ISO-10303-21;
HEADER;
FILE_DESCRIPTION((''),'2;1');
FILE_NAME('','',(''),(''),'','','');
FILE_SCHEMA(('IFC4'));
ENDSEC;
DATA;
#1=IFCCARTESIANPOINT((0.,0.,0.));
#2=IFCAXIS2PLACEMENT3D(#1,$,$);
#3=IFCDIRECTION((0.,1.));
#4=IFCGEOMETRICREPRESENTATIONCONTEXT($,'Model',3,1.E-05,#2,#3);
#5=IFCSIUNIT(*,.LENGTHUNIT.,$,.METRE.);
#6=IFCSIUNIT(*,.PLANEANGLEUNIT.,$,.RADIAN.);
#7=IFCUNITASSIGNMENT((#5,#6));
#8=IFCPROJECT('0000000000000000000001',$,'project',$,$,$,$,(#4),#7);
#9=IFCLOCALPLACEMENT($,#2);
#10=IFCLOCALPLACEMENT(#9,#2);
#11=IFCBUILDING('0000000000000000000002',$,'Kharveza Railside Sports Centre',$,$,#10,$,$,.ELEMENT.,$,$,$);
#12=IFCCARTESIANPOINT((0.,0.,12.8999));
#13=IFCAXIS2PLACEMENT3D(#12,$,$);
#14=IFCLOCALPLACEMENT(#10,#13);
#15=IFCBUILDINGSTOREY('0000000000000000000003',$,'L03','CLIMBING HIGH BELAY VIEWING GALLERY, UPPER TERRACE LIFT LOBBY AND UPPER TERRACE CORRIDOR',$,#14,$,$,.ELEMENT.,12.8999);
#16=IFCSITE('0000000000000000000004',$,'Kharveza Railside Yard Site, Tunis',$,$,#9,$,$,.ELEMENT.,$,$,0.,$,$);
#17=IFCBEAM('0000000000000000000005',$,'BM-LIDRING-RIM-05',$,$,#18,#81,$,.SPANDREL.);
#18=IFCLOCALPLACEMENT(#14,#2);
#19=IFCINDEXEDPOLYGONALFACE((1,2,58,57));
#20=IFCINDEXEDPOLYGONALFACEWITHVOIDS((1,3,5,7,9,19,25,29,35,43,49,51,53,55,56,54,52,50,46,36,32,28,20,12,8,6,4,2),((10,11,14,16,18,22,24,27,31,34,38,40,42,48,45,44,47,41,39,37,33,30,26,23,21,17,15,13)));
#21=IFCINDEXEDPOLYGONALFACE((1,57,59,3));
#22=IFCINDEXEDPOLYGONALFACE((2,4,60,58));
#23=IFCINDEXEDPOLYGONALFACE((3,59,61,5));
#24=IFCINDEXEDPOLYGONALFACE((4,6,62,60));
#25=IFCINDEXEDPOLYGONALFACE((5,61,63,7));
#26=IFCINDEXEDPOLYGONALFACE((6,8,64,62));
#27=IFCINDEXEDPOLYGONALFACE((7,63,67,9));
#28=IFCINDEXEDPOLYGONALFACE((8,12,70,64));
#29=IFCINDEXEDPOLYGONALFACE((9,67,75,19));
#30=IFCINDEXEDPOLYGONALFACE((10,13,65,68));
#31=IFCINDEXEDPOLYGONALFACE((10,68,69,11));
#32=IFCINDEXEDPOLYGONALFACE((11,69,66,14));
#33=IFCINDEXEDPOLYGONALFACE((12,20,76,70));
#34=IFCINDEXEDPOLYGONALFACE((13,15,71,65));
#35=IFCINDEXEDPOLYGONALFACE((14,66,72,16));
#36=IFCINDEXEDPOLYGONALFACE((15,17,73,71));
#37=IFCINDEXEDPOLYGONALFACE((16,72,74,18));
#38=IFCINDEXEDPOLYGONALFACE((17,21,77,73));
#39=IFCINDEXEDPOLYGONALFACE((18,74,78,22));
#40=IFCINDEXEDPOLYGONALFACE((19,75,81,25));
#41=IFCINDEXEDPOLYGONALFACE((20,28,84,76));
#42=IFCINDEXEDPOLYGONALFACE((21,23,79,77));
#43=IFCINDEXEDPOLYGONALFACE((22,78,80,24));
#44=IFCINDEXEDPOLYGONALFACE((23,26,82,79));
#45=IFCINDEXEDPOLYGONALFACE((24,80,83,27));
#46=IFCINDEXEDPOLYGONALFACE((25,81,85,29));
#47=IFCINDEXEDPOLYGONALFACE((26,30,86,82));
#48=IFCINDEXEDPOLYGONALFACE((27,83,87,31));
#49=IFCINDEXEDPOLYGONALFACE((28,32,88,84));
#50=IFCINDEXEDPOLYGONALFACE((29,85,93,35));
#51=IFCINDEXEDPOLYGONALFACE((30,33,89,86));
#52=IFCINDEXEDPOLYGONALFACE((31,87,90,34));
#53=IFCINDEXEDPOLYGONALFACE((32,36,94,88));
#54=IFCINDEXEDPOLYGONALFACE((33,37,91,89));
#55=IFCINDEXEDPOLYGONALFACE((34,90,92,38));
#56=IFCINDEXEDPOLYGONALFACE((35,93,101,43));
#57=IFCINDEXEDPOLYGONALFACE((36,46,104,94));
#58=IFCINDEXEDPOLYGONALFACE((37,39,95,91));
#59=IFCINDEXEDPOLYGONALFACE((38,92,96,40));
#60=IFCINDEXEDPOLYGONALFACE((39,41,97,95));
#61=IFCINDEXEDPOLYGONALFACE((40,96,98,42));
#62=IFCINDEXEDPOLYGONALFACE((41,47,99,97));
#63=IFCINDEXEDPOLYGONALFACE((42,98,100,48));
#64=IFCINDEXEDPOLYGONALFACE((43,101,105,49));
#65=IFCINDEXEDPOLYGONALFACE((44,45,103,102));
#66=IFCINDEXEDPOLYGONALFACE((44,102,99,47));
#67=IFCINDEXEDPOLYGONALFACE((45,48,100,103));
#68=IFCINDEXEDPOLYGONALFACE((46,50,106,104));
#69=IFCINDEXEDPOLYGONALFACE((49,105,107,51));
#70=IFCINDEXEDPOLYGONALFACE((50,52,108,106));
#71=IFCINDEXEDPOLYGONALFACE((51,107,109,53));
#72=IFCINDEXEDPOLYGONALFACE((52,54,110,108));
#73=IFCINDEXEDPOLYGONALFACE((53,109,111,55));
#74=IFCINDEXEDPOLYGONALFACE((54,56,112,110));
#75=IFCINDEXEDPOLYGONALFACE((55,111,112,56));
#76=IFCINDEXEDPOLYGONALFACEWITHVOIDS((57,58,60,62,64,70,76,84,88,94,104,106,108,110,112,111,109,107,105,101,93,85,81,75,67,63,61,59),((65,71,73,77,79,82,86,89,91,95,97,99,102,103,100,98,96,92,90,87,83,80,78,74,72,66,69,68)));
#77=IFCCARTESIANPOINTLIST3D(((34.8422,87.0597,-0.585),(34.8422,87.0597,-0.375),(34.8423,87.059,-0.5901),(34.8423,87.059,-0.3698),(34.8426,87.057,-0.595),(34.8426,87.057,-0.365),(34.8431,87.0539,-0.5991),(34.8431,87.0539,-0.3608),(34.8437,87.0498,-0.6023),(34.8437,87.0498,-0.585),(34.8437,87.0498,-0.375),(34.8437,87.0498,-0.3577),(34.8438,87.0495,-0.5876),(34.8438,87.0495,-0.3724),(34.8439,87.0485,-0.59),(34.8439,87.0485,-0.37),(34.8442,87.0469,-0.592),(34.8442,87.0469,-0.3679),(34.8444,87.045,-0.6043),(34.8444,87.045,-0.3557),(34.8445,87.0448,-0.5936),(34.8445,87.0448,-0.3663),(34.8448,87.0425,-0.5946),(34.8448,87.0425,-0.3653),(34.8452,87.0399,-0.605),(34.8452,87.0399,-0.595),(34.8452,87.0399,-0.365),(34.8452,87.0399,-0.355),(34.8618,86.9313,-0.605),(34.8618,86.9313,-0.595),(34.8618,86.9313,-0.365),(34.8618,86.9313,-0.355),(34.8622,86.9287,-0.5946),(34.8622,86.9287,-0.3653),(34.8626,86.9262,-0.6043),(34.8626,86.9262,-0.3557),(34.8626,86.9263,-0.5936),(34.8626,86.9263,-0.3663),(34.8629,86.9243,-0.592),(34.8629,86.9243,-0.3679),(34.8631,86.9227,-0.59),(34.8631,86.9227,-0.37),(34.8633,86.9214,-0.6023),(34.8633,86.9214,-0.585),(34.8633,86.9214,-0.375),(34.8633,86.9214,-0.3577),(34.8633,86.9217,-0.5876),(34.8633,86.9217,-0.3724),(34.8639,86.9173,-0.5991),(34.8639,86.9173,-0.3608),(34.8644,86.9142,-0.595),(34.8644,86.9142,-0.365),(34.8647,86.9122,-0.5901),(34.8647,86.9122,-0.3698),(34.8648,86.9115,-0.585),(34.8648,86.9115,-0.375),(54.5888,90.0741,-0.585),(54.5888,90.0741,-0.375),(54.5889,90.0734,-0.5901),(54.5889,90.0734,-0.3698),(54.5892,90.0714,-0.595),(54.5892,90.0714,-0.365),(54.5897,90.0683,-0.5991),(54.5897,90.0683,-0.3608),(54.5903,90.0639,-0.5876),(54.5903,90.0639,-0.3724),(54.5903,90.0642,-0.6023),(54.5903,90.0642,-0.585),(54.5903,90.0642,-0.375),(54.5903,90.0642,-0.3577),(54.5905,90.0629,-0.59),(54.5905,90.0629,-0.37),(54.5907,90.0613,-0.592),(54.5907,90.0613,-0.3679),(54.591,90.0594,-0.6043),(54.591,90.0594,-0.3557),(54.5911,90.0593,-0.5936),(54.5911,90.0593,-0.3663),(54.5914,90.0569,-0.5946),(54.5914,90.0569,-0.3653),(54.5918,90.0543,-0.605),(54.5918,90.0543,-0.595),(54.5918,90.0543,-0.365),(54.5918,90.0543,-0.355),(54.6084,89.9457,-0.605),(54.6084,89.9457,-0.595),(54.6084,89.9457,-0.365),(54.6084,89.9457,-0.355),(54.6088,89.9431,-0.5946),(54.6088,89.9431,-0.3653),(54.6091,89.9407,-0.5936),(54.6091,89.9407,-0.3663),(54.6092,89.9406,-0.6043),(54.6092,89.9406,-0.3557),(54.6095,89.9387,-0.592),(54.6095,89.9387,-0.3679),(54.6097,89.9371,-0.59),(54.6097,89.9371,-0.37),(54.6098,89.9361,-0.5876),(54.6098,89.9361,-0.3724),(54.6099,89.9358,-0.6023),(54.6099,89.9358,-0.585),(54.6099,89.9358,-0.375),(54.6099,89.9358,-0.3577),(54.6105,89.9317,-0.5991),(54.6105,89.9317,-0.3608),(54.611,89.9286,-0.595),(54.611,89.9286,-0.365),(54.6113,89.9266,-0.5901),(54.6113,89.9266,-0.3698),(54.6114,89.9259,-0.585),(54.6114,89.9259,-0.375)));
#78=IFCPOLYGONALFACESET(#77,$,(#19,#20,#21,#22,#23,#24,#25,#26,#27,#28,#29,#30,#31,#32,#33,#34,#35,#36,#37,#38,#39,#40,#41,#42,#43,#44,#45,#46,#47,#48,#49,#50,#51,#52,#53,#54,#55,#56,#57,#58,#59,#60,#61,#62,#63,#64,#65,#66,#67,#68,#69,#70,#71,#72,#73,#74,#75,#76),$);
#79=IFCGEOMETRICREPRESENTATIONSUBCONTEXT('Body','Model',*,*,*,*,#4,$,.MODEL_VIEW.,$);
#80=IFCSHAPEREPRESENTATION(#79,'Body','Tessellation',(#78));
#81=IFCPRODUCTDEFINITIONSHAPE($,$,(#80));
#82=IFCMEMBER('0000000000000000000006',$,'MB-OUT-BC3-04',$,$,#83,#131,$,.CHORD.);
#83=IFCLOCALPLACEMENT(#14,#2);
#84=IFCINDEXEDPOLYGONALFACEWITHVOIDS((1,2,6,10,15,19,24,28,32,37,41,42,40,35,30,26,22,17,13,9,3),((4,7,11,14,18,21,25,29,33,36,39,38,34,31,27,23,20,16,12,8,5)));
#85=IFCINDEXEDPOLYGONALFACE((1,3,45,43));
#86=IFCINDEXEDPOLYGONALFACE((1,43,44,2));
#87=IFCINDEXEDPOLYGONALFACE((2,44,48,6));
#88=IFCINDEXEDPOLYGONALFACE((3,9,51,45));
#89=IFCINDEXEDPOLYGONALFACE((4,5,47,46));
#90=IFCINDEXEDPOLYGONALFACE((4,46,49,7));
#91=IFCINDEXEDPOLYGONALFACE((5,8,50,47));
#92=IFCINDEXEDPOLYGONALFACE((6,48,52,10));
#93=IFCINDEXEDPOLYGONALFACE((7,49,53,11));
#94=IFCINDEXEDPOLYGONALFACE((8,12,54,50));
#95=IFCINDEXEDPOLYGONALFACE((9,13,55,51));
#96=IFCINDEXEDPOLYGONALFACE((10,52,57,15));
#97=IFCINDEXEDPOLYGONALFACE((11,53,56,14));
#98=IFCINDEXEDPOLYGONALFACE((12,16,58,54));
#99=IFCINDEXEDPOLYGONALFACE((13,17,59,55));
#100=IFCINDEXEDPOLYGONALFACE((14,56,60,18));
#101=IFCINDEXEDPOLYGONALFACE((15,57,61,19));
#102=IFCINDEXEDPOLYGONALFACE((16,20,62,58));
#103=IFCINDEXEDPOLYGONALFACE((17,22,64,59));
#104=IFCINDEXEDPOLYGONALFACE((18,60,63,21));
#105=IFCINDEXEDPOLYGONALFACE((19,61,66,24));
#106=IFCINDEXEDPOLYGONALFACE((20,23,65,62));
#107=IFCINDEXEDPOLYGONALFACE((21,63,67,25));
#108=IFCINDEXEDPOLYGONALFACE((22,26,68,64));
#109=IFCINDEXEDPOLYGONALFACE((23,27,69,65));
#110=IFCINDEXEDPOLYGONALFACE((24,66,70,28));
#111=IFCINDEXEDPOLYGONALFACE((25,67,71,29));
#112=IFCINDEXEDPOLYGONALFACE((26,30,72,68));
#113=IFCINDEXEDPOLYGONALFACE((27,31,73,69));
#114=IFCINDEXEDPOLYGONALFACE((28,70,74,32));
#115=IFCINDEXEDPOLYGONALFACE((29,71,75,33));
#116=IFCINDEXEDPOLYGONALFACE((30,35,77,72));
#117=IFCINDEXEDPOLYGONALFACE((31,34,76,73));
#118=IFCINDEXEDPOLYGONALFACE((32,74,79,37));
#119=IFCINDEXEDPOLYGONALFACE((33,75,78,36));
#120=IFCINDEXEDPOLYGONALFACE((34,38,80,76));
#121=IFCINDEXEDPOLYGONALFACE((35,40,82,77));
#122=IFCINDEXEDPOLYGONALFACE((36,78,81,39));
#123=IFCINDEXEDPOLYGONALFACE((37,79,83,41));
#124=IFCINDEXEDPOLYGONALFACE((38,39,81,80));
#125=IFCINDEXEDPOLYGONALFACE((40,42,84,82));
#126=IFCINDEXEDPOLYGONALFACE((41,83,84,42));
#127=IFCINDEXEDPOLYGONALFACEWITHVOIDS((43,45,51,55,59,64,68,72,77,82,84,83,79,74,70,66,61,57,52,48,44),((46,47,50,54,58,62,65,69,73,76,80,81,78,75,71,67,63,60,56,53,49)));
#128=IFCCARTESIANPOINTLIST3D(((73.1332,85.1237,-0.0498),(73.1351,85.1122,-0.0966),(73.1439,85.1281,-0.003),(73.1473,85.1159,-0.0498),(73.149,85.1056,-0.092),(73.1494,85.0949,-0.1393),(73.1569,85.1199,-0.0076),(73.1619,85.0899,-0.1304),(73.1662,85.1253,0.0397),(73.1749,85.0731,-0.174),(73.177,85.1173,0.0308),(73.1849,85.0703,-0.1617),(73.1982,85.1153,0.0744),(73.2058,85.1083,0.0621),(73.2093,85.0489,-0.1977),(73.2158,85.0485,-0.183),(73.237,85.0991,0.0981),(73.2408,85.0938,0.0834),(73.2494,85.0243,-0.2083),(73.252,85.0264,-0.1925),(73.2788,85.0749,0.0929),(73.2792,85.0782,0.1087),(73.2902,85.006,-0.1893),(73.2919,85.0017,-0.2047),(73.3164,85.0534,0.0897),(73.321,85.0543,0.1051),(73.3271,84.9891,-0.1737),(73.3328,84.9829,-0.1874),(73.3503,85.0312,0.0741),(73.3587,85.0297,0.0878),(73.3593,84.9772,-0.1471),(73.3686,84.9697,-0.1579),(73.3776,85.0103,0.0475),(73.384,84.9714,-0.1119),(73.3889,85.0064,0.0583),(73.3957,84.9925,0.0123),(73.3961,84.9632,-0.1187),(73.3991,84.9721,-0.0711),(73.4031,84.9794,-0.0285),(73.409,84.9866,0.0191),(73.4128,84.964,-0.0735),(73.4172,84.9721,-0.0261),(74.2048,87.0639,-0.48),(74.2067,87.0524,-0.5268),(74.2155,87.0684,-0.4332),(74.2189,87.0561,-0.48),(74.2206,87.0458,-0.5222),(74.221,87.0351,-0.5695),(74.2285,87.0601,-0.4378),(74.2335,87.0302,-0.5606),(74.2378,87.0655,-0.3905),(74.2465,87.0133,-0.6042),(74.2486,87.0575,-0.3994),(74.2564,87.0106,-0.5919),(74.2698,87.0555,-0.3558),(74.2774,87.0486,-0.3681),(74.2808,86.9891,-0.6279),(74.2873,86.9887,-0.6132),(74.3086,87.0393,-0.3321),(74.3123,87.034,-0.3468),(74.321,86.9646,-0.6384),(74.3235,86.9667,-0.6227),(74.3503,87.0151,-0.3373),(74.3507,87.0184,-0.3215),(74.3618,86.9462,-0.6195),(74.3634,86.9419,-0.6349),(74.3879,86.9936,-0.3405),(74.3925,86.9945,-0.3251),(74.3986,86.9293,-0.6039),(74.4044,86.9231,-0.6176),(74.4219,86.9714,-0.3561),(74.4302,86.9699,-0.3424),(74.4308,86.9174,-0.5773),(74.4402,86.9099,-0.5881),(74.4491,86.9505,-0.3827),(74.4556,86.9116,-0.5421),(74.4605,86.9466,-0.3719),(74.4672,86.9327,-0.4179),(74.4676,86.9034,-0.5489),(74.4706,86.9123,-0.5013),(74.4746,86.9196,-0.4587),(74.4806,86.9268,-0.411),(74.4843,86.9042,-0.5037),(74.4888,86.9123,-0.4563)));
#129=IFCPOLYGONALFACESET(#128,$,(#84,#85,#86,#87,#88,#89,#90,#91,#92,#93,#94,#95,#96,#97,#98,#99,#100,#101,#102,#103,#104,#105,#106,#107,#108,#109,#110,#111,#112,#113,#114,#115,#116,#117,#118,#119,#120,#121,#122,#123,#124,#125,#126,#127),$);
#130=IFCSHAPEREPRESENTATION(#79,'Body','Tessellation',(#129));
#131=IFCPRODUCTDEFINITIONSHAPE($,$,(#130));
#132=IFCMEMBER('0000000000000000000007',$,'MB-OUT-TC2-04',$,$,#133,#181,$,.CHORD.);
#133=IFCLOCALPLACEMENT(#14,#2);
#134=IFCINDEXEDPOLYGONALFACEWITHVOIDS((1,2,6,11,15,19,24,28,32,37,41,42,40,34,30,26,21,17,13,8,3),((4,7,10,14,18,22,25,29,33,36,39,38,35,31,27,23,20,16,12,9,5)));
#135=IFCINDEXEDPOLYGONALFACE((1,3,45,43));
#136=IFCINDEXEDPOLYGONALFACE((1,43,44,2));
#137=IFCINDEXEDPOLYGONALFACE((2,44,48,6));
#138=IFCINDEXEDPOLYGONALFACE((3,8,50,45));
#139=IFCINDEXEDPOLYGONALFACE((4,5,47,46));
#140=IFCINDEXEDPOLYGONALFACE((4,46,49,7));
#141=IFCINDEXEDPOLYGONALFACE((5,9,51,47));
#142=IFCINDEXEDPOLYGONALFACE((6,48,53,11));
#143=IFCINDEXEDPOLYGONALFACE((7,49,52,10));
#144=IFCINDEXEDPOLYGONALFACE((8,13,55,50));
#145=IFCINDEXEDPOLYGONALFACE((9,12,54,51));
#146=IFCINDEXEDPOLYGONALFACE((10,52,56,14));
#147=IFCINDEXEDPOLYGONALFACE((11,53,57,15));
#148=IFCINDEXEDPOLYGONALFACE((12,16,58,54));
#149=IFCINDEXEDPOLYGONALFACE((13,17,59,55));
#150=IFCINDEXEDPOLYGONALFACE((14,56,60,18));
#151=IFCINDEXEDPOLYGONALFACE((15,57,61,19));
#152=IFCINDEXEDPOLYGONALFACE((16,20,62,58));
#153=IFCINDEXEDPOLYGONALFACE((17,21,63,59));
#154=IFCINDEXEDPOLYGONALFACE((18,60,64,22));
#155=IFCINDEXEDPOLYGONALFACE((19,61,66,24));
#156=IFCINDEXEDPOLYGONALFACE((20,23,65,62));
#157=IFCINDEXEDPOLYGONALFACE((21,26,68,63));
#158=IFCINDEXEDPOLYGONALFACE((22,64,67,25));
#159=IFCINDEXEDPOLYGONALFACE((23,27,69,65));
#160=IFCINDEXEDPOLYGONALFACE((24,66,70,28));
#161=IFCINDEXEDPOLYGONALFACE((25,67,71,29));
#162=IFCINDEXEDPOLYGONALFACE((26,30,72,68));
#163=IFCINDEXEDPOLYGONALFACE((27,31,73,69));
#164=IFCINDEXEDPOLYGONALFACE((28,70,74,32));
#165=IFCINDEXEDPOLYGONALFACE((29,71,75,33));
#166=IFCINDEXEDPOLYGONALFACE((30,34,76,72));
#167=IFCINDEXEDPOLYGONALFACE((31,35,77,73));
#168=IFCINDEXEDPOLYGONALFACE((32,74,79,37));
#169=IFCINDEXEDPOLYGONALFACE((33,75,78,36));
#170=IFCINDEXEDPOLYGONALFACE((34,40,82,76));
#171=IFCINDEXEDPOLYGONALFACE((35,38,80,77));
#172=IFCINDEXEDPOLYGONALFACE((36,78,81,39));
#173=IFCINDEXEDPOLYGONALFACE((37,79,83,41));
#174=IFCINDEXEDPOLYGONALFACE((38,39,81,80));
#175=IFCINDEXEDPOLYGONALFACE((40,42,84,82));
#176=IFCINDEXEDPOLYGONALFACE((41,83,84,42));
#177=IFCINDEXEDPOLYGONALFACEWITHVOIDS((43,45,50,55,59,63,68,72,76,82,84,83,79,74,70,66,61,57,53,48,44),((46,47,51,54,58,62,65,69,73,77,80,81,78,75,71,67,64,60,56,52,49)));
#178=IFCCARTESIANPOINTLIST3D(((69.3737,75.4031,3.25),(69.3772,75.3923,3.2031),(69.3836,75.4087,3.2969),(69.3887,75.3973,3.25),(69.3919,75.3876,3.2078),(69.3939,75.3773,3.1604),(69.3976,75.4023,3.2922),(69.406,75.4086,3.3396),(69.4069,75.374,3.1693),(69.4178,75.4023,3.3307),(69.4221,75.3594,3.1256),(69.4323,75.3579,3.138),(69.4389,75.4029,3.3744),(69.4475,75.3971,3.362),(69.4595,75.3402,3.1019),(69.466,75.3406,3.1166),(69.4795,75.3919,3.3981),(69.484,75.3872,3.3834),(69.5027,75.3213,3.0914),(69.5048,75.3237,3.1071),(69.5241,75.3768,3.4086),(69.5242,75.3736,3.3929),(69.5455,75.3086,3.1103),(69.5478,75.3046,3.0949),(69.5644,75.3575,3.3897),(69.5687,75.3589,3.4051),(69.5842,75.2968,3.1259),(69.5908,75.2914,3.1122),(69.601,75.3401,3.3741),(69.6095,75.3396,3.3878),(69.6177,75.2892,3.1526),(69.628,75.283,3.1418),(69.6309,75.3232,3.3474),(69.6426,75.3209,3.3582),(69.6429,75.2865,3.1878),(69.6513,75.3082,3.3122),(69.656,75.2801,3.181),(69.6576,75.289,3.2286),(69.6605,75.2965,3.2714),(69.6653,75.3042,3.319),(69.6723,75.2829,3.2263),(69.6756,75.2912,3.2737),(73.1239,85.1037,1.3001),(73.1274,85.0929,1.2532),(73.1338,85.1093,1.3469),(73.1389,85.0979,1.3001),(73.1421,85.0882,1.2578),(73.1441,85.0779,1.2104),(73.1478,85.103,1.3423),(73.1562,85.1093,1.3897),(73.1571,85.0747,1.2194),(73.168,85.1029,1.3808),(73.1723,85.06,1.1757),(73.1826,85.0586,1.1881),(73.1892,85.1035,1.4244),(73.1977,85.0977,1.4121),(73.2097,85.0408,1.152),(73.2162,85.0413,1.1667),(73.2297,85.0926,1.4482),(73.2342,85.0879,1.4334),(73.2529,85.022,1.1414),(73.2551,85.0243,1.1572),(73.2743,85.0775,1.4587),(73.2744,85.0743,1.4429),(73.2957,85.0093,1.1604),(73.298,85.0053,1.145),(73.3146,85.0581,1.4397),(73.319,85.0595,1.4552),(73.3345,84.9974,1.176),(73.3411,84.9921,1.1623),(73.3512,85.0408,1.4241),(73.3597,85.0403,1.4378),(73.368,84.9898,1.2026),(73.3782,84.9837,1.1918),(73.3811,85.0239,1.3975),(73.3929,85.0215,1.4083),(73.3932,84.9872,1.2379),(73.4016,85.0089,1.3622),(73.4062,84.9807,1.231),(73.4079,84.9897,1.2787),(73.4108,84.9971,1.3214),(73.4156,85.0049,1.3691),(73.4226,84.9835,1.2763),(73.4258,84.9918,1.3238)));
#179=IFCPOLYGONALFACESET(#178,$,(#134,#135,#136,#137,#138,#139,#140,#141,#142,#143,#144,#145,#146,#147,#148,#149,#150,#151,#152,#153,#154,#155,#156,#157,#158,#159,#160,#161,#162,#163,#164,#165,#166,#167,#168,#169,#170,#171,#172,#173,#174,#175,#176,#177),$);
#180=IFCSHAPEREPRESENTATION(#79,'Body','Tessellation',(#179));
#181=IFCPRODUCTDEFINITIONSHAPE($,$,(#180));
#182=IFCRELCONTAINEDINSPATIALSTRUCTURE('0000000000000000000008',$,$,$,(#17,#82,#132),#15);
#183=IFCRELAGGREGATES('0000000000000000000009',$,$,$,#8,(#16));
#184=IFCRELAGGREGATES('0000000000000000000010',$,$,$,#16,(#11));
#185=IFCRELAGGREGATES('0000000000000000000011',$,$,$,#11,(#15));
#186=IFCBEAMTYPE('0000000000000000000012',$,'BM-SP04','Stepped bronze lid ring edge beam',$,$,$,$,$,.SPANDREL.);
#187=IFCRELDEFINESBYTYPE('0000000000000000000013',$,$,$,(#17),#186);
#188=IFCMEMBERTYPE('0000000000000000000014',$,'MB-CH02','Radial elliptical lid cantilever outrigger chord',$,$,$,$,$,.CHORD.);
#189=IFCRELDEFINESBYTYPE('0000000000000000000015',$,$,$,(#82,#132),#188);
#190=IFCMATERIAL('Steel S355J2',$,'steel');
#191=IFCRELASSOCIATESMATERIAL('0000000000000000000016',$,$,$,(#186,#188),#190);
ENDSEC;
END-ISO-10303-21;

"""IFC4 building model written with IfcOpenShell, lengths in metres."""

from ifc_helpers import new_model, si_unit, direction, frame, origin, origin_2d, place, context, subcontext, project, spatial, hollow_rectangle, hollow_circle, extrude, material, material_profile, profile_set, type_object, element, save


model = new_model("IFC4")

# Units and contexts
model_context = context("Model", 3, precision=1e-05, world=origin(), true_north=direction((0.0, 1.0)))
body_context = subcontext(model_context, "Body", "Model", "MODEL_VIEW")
ifc_project = project(units=[si_unit("LENGTHUNIT", "METRE"), si_unit("PLANEANGLEUNIT", "RADIAN")], contexts=[model_context])

# Site, building, storey
site_placement = place(None, origin())
site = spatial("IfcSite", under=ifc_project, at=site_placement, Name="Kharveza Railside Yard Site, Tunis", CompositionType="ELEMENT", RefElevation=0.0)
building_placement = place(site_placement, origin())
building = spatial("IfcBuilding", under=site, at=building_placement, Name="Kharveza Railside Sports Centre", CompositionType="ELEMENT")
storey_placement = place(building_placement, frame((0.0, 0.0, 12.8999)))
storey = spatial("IfcBuildingStorey", under=building, at=storey_placement, Name="L03", Description="CLIMBING HIGH BELAY VIEWING GALLERY, UPPER TERRACE LIFT LOBBY AND UPPER TERRACE CORRIDOR", CompositionType="ELEMENT", Elevation=12.8999)

# Beam
ifc_material_1 = material(Name="Steel S355J2", Category="steel")
ifc_material_profile_1 = material_profile(ifc_material_1, hollow_rectangle(XDim=0.1499, YDim=0.25, WallThickness=0.01, InnerFilletRadius=0.01, OuterFilletRadius=0.02, at=origin_2d()), Name="RHS 150x250x10.0")
ifc_profile_set_1 = profile_set([ifc_material_profile_1], Name="Steel S355J2")
beam_type = type_object("IfcBeamType", Name="BM-SP04", Description="Stepped bronze lid ring edge beam", PredefinedType="SPANDREL", material=ifc_profile_set_1)
beam_1_placement = place(storey_placement, frame((54.6001, 90.0, -0.48), z_axis=(-0.988548, -0.150906, 0.0), x_axis=(0.150906, -0.988548, 0.0)))
element("IfcBeam", 1, at=beam_1_placement, inside=storey, type_object=beam_type, Name="BM-LIDRING-RIM-05", PredefinedType="SPANDREL", context=body_context, shape_type="SweptSolid", body=[
    extrude(hollow_rectangle(XDim=0.1499, YDim=0.25, WallThickness=0.01, InnerFilletRadius=0.01, OuterFilletRadius=0.02, at=origin_2d()), origin(), (0.0, 0.0, 1.0), 19.9753),
])

# Members
ifc_material_profile_2 = material_profile(ifc_material_1, hollow_circle(Radius=0.1619, WallThickness=0.0161, at=origin_2d()), Name="CHS 323.9x16.0")
ifc_profile_set_2 = profile_set([ifc_material_profile_2], Name="Steel S355J2")
member_type_1 = type_object("IfcMemberType", Name="MB-CH02", Description="Radial elliptical lid cantilever outrigger chord", PredefinedType="CHORD", material=ifc_profile_set_2)
member_1_placement = place(storey_placement, frame((73.2749, 85.0454, -0.0498), z_axis=(0.474597, 0.859335, -0.190531), x_axis=(-0.87537, 0.483453, 0.0)))
element("IfcMember", 2, at=member_1_placement, inside=storey, type_object=member_type_1, Name="MB-OUT-BC3-04", PredefinedType="CHORD", context=body_context, shape_type="SweptSolid", body=[
    extrude(hollow_circle(Radius=0.1619, WallThickness=0.0161, at=origin_2d()), origin(), (0.0, 0.0, 1.0), 2.2578),
])
member_2_placement = place(storey_placement, frame((69.5247, 75.3447, 3.25), z_axis=(0.354412, 0.916752, -0.184278), x_axis=(-0.932725, 0.360588, 0.0)))
element("IfcMember", 3, at=member_2_placement, inside=storey, type_object=member_type_1, Name="MB-OUT-TC2-04", PredefinedType="CHORD", context=body_context, shape_type="SweptSolid", body=[
    extrude(hollow_circle(Radius=0.1619, WallThickness=0.0161, at=origin_2d()), origin(), (0.0, 0.0, 1.0), 10.5815),
])

save(model, "model.ifc")
